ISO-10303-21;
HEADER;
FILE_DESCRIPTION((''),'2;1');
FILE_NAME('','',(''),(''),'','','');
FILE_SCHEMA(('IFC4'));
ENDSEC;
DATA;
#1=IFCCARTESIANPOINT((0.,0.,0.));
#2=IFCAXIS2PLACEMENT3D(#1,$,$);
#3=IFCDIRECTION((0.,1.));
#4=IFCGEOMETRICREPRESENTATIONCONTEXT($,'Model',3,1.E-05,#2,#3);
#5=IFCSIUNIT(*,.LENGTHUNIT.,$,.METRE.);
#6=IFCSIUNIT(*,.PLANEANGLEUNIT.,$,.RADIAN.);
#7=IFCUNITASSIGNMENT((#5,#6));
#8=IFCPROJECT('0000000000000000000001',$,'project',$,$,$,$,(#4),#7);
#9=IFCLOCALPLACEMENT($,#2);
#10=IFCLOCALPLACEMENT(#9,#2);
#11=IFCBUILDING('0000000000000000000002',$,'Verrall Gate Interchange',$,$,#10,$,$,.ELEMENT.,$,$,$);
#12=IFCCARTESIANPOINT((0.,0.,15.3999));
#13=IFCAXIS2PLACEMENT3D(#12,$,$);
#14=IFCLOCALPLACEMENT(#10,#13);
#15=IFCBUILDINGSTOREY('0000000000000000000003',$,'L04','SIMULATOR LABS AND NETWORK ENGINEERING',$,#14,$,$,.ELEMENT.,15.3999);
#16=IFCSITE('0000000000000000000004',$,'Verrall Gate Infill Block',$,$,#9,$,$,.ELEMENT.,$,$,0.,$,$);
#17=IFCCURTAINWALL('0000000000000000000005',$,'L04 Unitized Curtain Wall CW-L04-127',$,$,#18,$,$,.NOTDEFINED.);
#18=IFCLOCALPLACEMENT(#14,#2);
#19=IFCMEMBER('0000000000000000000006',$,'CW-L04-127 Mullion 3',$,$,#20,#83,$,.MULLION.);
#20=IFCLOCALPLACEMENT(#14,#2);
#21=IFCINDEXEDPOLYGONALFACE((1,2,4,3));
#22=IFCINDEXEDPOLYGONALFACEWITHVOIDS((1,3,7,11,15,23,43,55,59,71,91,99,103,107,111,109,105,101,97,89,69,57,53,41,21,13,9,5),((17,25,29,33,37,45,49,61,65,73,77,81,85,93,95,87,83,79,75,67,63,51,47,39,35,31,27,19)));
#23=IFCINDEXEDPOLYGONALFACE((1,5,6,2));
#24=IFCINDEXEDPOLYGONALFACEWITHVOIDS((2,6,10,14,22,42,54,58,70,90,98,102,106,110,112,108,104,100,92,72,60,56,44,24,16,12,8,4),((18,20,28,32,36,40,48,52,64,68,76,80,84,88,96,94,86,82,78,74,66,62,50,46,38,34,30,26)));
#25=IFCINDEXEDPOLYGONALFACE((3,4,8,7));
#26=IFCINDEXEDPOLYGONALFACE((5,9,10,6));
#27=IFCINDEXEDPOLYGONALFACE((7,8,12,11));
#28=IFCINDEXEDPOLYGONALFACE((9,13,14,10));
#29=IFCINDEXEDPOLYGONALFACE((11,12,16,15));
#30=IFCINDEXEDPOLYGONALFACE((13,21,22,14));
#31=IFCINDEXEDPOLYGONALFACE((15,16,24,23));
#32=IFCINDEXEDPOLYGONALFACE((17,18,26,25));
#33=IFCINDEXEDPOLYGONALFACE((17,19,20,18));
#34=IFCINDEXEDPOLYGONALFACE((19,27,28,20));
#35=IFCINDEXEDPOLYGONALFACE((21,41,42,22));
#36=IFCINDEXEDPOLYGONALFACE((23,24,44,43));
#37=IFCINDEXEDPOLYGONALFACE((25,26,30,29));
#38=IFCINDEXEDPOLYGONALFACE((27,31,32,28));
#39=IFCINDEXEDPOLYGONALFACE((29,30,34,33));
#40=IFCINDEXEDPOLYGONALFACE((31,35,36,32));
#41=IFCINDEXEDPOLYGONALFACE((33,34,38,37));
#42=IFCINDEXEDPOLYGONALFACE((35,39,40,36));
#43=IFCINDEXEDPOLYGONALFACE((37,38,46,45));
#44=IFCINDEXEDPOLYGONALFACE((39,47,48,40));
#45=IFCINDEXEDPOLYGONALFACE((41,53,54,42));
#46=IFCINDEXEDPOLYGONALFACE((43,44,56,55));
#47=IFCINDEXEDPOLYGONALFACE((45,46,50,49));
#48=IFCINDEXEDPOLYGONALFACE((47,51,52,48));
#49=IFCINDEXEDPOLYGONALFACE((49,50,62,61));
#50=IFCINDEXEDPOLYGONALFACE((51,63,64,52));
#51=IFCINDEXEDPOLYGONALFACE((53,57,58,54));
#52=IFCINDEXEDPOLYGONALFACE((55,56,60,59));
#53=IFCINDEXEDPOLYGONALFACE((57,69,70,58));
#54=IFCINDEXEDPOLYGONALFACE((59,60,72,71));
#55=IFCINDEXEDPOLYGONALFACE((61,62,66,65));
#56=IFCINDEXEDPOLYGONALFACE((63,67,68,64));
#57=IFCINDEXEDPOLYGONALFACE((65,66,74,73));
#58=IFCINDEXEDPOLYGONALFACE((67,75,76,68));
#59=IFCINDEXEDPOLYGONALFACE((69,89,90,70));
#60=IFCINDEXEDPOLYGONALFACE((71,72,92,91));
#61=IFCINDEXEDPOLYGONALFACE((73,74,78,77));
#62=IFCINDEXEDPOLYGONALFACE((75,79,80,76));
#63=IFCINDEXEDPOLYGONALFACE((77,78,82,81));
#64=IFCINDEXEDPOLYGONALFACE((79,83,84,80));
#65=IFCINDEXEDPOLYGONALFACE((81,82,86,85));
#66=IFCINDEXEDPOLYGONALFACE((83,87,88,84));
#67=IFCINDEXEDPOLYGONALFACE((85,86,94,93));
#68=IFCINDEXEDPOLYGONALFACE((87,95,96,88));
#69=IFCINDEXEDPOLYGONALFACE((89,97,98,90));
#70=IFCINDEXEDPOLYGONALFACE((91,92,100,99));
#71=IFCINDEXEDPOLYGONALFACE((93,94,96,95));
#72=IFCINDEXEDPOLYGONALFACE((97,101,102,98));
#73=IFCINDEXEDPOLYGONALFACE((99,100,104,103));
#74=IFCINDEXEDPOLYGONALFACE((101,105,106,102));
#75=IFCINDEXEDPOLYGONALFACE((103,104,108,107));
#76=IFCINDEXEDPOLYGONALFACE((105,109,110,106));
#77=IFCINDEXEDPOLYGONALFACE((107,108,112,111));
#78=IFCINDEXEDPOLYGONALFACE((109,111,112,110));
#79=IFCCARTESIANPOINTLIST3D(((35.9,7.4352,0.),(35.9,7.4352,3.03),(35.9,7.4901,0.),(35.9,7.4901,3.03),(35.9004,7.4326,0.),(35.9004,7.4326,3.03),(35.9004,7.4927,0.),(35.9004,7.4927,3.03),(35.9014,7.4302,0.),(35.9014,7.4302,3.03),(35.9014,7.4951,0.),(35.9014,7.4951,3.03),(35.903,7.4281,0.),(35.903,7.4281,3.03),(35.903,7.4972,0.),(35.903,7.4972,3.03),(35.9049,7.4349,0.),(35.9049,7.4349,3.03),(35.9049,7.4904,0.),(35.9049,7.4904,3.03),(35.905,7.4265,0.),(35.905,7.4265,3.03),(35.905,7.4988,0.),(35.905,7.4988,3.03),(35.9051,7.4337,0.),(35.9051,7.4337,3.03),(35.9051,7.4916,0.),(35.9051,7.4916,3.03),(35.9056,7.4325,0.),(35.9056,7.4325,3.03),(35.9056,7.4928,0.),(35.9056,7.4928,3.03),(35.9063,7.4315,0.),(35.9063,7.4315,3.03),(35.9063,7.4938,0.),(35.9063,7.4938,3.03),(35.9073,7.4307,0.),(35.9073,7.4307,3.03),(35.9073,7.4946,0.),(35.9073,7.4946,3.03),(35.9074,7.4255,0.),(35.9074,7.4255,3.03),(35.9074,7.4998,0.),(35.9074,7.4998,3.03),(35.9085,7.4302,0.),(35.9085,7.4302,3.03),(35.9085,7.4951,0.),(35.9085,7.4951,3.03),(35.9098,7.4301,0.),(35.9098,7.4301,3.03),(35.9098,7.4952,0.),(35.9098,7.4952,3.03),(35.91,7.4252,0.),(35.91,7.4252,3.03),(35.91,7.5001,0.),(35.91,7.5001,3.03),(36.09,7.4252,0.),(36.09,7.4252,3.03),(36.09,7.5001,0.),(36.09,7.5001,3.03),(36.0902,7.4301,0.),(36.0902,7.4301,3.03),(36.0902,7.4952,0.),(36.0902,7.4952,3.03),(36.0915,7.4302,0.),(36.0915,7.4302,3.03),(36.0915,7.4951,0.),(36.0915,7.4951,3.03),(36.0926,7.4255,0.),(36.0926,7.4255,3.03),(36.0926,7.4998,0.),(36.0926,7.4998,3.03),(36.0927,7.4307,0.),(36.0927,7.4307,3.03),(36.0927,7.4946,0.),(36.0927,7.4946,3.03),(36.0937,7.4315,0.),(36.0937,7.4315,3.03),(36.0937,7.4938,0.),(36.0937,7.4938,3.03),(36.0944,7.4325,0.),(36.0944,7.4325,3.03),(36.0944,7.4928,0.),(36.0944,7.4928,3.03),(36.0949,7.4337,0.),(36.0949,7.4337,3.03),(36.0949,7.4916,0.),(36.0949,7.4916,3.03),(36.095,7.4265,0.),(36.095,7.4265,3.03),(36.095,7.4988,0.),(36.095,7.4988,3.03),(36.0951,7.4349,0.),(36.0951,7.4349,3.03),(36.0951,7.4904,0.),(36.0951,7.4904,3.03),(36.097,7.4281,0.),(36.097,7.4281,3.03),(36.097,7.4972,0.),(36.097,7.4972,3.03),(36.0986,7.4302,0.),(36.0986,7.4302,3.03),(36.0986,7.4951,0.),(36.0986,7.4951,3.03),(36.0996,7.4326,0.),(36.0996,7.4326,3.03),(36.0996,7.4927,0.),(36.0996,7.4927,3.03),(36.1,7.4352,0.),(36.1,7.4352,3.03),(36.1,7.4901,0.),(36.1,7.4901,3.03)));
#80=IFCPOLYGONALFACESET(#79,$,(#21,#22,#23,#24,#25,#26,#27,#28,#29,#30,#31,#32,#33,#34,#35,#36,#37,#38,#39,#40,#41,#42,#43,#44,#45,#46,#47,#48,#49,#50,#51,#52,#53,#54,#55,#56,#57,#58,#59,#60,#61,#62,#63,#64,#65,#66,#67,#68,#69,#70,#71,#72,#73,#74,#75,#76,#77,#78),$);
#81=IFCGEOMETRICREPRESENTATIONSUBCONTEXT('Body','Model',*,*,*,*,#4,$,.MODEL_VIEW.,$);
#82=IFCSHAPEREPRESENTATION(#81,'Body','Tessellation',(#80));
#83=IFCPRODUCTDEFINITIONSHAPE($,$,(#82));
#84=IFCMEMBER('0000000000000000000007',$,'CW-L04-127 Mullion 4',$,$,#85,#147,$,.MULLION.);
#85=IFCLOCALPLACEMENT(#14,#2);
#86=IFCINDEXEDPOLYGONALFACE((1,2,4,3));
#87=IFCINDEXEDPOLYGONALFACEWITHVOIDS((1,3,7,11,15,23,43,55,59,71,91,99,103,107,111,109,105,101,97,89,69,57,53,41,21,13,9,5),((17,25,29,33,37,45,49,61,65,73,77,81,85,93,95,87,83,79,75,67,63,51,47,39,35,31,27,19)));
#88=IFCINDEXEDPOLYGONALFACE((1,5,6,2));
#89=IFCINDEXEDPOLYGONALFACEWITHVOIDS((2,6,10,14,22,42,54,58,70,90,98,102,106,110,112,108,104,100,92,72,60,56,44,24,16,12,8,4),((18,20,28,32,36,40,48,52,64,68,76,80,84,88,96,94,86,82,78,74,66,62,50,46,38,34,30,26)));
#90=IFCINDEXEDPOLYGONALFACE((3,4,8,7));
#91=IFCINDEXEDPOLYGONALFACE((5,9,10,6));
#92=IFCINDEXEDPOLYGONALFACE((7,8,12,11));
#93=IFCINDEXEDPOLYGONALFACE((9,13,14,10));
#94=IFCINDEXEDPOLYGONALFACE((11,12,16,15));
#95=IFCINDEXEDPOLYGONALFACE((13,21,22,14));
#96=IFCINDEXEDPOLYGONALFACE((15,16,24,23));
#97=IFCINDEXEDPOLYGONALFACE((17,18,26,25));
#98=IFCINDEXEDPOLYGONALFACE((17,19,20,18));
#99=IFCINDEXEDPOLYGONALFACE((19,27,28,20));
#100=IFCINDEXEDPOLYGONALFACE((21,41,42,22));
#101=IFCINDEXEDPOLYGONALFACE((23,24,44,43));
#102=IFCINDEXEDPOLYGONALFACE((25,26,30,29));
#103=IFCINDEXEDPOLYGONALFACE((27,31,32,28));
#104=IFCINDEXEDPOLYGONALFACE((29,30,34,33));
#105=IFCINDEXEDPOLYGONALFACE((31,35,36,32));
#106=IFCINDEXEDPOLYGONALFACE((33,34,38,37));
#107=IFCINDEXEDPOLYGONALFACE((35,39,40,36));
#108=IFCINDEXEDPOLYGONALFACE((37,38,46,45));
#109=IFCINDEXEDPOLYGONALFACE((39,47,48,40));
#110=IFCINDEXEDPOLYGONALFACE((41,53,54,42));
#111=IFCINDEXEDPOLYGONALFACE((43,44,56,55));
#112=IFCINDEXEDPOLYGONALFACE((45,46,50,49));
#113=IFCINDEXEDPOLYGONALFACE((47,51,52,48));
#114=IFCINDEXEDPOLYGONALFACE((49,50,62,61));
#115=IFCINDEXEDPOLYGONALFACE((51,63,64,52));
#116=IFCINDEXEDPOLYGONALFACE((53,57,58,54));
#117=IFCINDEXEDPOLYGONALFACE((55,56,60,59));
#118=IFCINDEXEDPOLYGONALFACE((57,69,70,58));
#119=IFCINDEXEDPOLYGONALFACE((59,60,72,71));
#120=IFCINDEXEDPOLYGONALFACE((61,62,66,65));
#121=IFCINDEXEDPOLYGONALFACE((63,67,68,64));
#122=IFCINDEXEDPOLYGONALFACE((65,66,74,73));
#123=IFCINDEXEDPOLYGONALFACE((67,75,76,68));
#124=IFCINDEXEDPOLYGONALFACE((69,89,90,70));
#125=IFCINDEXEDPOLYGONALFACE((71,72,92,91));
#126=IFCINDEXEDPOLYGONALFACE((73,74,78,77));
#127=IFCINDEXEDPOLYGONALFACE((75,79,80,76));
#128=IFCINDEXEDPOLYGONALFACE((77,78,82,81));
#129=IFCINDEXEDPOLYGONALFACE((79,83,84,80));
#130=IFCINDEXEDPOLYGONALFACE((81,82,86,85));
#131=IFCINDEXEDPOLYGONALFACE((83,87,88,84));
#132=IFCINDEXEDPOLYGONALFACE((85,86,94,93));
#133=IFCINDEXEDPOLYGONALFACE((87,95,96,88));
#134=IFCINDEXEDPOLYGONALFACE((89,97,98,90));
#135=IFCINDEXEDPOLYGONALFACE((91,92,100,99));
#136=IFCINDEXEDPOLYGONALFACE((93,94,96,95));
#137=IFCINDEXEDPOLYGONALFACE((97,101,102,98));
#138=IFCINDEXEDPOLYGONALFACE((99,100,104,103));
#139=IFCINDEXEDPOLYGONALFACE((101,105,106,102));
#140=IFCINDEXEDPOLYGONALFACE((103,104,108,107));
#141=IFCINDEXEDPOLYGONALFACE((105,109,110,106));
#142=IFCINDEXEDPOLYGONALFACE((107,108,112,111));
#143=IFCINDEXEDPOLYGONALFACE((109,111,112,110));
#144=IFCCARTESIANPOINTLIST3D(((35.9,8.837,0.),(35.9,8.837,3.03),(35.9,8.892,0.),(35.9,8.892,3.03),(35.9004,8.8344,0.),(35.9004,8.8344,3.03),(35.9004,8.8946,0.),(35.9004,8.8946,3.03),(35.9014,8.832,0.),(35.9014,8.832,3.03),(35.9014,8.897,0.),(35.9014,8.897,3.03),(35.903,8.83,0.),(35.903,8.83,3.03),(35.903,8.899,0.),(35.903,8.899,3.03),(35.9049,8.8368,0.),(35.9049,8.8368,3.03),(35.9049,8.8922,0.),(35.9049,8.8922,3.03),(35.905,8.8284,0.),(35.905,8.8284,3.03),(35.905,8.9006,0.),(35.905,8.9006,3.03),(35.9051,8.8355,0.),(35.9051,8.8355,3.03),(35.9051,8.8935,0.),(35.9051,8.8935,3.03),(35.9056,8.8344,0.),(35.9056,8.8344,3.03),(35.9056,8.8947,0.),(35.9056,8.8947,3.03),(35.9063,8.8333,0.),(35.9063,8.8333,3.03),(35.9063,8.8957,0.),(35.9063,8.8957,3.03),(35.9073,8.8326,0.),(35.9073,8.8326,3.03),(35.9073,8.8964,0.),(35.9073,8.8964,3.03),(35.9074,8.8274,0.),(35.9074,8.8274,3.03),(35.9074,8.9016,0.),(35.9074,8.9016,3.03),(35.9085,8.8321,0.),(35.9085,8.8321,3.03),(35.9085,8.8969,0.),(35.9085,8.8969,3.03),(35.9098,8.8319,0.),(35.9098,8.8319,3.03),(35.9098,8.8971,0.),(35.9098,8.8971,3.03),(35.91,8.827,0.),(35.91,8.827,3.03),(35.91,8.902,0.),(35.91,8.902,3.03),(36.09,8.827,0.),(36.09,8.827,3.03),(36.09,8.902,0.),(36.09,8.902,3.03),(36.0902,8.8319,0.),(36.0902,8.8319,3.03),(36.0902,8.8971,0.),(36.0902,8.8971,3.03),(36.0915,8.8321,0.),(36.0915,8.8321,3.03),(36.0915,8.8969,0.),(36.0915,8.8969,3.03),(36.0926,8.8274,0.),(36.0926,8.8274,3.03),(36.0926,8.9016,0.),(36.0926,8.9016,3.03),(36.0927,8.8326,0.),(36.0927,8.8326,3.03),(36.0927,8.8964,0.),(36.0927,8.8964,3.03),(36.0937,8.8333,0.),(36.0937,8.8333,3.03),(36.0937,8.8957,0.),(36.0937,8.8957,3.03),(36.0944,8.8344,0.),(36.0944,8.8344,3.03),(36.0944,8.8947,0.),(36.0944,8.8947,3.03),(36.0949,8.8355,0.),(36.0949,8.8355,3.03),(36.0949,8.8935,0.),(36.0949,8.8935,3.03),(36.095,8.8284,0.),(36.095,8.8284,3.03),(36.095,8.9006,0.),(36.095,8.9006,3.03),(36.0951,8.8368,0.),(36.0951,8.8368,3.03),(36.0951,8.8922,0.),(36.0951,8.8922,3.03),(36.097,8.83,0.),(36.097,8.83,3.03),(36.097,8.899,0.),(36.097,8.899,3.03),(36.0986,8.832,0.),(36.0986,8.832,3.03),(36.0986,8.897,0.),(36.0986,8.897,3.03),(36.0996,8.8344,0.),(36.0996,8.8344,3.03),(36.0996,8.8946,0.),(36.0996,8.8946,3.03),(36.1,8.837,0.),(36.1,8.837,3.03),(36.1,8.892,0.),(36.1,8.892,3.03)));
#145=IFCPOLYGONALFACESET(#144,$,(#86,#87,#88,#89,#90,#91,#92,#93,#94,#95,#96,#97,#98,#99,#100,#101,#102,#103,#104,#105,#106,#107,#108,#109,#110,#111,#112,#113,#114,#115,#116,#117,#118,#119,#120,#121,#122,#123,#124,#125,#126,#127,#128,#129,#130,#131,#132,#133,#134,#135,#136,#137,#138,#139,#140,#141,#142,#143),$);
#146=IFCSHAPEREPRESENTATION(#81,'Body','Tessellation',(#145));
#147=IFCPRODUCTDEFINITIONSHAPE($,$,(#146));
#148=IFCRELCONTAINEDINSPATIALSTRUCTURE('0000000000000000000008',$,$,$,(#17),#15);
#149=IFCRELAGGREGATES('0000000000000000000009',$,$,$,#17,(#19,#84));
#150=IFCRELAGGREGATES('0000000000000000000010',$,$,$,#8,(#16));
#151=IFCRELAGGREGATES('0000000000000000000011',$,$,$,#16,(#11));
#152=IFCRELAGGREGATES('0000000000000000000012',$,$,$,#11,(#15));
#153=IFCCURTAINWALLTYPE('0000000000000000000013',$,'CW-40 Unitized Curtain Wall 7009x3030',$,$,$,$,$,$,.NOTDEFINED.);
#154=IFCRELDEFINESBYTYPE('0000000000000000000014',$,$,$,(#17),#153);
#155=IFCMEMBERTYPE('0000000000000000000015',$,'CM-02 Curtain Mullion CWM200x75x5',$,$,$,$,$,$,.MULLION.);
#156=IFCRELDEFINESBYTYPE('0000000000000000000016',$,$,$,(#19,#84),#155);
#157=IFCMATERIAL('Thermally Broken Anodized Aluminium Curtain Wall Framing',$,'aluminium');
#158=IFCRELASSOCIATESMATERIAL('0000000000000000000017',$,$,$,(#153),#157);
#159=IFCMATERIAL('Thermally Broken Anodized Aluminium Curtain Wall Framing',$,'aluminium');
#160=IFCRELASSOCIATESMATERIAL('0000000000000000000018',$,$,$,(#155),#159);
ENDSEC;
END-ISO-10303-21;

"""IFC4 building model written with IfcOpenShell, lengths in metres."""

from ifc_helpers import new_model, si_unit, direction, frame, origin, origin_2d, place, context, subcontext, project, spatial, hollow_rectangle, extrude, material, material_profile, profile_set, type_object, element, aggregate, save


model = new_model("IFC4")

# Units and contexts
model_context = context("Model", 3, precision=1e-05, world=origin(), true_north=direction((0.0, 1.0)))
body_context = subcontext(model_context, "Body", "Model", "MODEL_VIEW")
ifc_project = project(units=[si_unit("LENGTHUNIT", "METRE"), si_unit("PLANEANGLEUNIT", "RADIAN")], contexts=[model_context])

# Site, building, storey
site_placement = place(None, origin())
site = spatial("IfcSite", under=ifc_project, at=site_placement, Name="Verrall Gate Infill Block", CompositionType="ELEMENT", RefElevation=0.0)
building_placement = place(site_placement, origin())
building = spatial("IfcBuilding", under=site, at=building_placement, Name="Verrall Gate Interchange", CompositionType="ELEMENT")
storey_placement = place(building_placement, frame((0.0, 0.0, 15.3999)))
storey = spatial("IfcBuildingStorey", under=building, at=storey_placement, Name="L04", Description="SIMULATOR LABS AND NETWORK ENGINEERING", CompositionType="ELEMENT", Elevation=15.3999)

# Curtain wall, members
ifc_material_1 = material(Name="Thermally Broken Anodized Aluminium Curtain Wall Framing", Category="aluminium")
curtain_wall_type = type_object("IfcCurtainWallType", Name="CW-40 Unitized Curtain Wall 7009x3030", PredefinedType="NOTDEFINED", material=ifc_material_1)
curtain_wall_placement = place(storey_placement, origin())
curtain_wall = element("IfcCurtainWall", 1, at=curtain_wall_placement, inside=storey, type_object=curtain_wall_type, Name="L04 Unitized Curtain Wall CW-L04-127", PredefinedType="NOTDEFINED")
ifc_material_2 = material(Name="Thermally Broken Anodized Aluminium Curtain Wall Framing", Category="aluminium")
ifc_material_profile_1 = material_profile(ifc_material_2, hollow_rectangle(XDim=0.075, YDim=0.2, WallThickness=0.0049, InnerFilletRadius=0.0049, OuterFilletRadius=0.01, at=origin_2d()), Name="CWM200x75x5")
ifc_profile_set_1 = profile_set([ifc_material_profile_1], Name="Thermally Broken Anodized Aluminium Curtain Wall Framing")
member_type_1 = type_object("IfcMemberType", Name="CM-02 Curtain Mullion CWM200x75x5", PredefinedType="MULLION", material=ifc_profile_set_1)
member_1_placement = place(storey_placement, frame((36.0, 7.4626, 0.0), z_axis=(0.0, 0.0, 1.0), x_axis=(0.0, 1.0, 0.0)))
member_1 = element("IfcMember", 2, at=member_1_placement, type_object=member_type_1, Name="CW-L04-127 Mullion 3", PredefinedType="MULLION", context=body_context, shape_type="SweptSolid", body=[
    extrude(hollow_rectangle(XDim=0.075, YDim=0.2, WallThickness=0.0049, InnerFilletRadius=0.0049, OuterFilletRadius=0.01, at=origin_2d()), origin(), (0.0, 0.0, 1.0), 3.03),
])
member_2_placement = place(storey_placement, frame((36.0, 8.8645, 0.0), z_axis=(0.0, 0.0, 1.0), x_axis=(0.0, 1.0, 0.0)))
member_2 = element("IfcMember", 3, at=member_2_placement, type_object=member_type_1, Name="CW-L04-127 Mullion 4", PredefinedType="MULLION", context=body_context, shape_type="SweptSolid", body=[
    extrude(hollow_rectangle(XDim=0.075, YDim=0.2, WallThickness=0.0049, InnerFilletRadius=0.0049, OuterFilletRadius=0.01, at=origin_2d()), origin(), (0.0, 0.0, 1.0), 3.03),
])
aggregate(curtain_wall, [member_1, member_2])

save(model, "model.ifc")
